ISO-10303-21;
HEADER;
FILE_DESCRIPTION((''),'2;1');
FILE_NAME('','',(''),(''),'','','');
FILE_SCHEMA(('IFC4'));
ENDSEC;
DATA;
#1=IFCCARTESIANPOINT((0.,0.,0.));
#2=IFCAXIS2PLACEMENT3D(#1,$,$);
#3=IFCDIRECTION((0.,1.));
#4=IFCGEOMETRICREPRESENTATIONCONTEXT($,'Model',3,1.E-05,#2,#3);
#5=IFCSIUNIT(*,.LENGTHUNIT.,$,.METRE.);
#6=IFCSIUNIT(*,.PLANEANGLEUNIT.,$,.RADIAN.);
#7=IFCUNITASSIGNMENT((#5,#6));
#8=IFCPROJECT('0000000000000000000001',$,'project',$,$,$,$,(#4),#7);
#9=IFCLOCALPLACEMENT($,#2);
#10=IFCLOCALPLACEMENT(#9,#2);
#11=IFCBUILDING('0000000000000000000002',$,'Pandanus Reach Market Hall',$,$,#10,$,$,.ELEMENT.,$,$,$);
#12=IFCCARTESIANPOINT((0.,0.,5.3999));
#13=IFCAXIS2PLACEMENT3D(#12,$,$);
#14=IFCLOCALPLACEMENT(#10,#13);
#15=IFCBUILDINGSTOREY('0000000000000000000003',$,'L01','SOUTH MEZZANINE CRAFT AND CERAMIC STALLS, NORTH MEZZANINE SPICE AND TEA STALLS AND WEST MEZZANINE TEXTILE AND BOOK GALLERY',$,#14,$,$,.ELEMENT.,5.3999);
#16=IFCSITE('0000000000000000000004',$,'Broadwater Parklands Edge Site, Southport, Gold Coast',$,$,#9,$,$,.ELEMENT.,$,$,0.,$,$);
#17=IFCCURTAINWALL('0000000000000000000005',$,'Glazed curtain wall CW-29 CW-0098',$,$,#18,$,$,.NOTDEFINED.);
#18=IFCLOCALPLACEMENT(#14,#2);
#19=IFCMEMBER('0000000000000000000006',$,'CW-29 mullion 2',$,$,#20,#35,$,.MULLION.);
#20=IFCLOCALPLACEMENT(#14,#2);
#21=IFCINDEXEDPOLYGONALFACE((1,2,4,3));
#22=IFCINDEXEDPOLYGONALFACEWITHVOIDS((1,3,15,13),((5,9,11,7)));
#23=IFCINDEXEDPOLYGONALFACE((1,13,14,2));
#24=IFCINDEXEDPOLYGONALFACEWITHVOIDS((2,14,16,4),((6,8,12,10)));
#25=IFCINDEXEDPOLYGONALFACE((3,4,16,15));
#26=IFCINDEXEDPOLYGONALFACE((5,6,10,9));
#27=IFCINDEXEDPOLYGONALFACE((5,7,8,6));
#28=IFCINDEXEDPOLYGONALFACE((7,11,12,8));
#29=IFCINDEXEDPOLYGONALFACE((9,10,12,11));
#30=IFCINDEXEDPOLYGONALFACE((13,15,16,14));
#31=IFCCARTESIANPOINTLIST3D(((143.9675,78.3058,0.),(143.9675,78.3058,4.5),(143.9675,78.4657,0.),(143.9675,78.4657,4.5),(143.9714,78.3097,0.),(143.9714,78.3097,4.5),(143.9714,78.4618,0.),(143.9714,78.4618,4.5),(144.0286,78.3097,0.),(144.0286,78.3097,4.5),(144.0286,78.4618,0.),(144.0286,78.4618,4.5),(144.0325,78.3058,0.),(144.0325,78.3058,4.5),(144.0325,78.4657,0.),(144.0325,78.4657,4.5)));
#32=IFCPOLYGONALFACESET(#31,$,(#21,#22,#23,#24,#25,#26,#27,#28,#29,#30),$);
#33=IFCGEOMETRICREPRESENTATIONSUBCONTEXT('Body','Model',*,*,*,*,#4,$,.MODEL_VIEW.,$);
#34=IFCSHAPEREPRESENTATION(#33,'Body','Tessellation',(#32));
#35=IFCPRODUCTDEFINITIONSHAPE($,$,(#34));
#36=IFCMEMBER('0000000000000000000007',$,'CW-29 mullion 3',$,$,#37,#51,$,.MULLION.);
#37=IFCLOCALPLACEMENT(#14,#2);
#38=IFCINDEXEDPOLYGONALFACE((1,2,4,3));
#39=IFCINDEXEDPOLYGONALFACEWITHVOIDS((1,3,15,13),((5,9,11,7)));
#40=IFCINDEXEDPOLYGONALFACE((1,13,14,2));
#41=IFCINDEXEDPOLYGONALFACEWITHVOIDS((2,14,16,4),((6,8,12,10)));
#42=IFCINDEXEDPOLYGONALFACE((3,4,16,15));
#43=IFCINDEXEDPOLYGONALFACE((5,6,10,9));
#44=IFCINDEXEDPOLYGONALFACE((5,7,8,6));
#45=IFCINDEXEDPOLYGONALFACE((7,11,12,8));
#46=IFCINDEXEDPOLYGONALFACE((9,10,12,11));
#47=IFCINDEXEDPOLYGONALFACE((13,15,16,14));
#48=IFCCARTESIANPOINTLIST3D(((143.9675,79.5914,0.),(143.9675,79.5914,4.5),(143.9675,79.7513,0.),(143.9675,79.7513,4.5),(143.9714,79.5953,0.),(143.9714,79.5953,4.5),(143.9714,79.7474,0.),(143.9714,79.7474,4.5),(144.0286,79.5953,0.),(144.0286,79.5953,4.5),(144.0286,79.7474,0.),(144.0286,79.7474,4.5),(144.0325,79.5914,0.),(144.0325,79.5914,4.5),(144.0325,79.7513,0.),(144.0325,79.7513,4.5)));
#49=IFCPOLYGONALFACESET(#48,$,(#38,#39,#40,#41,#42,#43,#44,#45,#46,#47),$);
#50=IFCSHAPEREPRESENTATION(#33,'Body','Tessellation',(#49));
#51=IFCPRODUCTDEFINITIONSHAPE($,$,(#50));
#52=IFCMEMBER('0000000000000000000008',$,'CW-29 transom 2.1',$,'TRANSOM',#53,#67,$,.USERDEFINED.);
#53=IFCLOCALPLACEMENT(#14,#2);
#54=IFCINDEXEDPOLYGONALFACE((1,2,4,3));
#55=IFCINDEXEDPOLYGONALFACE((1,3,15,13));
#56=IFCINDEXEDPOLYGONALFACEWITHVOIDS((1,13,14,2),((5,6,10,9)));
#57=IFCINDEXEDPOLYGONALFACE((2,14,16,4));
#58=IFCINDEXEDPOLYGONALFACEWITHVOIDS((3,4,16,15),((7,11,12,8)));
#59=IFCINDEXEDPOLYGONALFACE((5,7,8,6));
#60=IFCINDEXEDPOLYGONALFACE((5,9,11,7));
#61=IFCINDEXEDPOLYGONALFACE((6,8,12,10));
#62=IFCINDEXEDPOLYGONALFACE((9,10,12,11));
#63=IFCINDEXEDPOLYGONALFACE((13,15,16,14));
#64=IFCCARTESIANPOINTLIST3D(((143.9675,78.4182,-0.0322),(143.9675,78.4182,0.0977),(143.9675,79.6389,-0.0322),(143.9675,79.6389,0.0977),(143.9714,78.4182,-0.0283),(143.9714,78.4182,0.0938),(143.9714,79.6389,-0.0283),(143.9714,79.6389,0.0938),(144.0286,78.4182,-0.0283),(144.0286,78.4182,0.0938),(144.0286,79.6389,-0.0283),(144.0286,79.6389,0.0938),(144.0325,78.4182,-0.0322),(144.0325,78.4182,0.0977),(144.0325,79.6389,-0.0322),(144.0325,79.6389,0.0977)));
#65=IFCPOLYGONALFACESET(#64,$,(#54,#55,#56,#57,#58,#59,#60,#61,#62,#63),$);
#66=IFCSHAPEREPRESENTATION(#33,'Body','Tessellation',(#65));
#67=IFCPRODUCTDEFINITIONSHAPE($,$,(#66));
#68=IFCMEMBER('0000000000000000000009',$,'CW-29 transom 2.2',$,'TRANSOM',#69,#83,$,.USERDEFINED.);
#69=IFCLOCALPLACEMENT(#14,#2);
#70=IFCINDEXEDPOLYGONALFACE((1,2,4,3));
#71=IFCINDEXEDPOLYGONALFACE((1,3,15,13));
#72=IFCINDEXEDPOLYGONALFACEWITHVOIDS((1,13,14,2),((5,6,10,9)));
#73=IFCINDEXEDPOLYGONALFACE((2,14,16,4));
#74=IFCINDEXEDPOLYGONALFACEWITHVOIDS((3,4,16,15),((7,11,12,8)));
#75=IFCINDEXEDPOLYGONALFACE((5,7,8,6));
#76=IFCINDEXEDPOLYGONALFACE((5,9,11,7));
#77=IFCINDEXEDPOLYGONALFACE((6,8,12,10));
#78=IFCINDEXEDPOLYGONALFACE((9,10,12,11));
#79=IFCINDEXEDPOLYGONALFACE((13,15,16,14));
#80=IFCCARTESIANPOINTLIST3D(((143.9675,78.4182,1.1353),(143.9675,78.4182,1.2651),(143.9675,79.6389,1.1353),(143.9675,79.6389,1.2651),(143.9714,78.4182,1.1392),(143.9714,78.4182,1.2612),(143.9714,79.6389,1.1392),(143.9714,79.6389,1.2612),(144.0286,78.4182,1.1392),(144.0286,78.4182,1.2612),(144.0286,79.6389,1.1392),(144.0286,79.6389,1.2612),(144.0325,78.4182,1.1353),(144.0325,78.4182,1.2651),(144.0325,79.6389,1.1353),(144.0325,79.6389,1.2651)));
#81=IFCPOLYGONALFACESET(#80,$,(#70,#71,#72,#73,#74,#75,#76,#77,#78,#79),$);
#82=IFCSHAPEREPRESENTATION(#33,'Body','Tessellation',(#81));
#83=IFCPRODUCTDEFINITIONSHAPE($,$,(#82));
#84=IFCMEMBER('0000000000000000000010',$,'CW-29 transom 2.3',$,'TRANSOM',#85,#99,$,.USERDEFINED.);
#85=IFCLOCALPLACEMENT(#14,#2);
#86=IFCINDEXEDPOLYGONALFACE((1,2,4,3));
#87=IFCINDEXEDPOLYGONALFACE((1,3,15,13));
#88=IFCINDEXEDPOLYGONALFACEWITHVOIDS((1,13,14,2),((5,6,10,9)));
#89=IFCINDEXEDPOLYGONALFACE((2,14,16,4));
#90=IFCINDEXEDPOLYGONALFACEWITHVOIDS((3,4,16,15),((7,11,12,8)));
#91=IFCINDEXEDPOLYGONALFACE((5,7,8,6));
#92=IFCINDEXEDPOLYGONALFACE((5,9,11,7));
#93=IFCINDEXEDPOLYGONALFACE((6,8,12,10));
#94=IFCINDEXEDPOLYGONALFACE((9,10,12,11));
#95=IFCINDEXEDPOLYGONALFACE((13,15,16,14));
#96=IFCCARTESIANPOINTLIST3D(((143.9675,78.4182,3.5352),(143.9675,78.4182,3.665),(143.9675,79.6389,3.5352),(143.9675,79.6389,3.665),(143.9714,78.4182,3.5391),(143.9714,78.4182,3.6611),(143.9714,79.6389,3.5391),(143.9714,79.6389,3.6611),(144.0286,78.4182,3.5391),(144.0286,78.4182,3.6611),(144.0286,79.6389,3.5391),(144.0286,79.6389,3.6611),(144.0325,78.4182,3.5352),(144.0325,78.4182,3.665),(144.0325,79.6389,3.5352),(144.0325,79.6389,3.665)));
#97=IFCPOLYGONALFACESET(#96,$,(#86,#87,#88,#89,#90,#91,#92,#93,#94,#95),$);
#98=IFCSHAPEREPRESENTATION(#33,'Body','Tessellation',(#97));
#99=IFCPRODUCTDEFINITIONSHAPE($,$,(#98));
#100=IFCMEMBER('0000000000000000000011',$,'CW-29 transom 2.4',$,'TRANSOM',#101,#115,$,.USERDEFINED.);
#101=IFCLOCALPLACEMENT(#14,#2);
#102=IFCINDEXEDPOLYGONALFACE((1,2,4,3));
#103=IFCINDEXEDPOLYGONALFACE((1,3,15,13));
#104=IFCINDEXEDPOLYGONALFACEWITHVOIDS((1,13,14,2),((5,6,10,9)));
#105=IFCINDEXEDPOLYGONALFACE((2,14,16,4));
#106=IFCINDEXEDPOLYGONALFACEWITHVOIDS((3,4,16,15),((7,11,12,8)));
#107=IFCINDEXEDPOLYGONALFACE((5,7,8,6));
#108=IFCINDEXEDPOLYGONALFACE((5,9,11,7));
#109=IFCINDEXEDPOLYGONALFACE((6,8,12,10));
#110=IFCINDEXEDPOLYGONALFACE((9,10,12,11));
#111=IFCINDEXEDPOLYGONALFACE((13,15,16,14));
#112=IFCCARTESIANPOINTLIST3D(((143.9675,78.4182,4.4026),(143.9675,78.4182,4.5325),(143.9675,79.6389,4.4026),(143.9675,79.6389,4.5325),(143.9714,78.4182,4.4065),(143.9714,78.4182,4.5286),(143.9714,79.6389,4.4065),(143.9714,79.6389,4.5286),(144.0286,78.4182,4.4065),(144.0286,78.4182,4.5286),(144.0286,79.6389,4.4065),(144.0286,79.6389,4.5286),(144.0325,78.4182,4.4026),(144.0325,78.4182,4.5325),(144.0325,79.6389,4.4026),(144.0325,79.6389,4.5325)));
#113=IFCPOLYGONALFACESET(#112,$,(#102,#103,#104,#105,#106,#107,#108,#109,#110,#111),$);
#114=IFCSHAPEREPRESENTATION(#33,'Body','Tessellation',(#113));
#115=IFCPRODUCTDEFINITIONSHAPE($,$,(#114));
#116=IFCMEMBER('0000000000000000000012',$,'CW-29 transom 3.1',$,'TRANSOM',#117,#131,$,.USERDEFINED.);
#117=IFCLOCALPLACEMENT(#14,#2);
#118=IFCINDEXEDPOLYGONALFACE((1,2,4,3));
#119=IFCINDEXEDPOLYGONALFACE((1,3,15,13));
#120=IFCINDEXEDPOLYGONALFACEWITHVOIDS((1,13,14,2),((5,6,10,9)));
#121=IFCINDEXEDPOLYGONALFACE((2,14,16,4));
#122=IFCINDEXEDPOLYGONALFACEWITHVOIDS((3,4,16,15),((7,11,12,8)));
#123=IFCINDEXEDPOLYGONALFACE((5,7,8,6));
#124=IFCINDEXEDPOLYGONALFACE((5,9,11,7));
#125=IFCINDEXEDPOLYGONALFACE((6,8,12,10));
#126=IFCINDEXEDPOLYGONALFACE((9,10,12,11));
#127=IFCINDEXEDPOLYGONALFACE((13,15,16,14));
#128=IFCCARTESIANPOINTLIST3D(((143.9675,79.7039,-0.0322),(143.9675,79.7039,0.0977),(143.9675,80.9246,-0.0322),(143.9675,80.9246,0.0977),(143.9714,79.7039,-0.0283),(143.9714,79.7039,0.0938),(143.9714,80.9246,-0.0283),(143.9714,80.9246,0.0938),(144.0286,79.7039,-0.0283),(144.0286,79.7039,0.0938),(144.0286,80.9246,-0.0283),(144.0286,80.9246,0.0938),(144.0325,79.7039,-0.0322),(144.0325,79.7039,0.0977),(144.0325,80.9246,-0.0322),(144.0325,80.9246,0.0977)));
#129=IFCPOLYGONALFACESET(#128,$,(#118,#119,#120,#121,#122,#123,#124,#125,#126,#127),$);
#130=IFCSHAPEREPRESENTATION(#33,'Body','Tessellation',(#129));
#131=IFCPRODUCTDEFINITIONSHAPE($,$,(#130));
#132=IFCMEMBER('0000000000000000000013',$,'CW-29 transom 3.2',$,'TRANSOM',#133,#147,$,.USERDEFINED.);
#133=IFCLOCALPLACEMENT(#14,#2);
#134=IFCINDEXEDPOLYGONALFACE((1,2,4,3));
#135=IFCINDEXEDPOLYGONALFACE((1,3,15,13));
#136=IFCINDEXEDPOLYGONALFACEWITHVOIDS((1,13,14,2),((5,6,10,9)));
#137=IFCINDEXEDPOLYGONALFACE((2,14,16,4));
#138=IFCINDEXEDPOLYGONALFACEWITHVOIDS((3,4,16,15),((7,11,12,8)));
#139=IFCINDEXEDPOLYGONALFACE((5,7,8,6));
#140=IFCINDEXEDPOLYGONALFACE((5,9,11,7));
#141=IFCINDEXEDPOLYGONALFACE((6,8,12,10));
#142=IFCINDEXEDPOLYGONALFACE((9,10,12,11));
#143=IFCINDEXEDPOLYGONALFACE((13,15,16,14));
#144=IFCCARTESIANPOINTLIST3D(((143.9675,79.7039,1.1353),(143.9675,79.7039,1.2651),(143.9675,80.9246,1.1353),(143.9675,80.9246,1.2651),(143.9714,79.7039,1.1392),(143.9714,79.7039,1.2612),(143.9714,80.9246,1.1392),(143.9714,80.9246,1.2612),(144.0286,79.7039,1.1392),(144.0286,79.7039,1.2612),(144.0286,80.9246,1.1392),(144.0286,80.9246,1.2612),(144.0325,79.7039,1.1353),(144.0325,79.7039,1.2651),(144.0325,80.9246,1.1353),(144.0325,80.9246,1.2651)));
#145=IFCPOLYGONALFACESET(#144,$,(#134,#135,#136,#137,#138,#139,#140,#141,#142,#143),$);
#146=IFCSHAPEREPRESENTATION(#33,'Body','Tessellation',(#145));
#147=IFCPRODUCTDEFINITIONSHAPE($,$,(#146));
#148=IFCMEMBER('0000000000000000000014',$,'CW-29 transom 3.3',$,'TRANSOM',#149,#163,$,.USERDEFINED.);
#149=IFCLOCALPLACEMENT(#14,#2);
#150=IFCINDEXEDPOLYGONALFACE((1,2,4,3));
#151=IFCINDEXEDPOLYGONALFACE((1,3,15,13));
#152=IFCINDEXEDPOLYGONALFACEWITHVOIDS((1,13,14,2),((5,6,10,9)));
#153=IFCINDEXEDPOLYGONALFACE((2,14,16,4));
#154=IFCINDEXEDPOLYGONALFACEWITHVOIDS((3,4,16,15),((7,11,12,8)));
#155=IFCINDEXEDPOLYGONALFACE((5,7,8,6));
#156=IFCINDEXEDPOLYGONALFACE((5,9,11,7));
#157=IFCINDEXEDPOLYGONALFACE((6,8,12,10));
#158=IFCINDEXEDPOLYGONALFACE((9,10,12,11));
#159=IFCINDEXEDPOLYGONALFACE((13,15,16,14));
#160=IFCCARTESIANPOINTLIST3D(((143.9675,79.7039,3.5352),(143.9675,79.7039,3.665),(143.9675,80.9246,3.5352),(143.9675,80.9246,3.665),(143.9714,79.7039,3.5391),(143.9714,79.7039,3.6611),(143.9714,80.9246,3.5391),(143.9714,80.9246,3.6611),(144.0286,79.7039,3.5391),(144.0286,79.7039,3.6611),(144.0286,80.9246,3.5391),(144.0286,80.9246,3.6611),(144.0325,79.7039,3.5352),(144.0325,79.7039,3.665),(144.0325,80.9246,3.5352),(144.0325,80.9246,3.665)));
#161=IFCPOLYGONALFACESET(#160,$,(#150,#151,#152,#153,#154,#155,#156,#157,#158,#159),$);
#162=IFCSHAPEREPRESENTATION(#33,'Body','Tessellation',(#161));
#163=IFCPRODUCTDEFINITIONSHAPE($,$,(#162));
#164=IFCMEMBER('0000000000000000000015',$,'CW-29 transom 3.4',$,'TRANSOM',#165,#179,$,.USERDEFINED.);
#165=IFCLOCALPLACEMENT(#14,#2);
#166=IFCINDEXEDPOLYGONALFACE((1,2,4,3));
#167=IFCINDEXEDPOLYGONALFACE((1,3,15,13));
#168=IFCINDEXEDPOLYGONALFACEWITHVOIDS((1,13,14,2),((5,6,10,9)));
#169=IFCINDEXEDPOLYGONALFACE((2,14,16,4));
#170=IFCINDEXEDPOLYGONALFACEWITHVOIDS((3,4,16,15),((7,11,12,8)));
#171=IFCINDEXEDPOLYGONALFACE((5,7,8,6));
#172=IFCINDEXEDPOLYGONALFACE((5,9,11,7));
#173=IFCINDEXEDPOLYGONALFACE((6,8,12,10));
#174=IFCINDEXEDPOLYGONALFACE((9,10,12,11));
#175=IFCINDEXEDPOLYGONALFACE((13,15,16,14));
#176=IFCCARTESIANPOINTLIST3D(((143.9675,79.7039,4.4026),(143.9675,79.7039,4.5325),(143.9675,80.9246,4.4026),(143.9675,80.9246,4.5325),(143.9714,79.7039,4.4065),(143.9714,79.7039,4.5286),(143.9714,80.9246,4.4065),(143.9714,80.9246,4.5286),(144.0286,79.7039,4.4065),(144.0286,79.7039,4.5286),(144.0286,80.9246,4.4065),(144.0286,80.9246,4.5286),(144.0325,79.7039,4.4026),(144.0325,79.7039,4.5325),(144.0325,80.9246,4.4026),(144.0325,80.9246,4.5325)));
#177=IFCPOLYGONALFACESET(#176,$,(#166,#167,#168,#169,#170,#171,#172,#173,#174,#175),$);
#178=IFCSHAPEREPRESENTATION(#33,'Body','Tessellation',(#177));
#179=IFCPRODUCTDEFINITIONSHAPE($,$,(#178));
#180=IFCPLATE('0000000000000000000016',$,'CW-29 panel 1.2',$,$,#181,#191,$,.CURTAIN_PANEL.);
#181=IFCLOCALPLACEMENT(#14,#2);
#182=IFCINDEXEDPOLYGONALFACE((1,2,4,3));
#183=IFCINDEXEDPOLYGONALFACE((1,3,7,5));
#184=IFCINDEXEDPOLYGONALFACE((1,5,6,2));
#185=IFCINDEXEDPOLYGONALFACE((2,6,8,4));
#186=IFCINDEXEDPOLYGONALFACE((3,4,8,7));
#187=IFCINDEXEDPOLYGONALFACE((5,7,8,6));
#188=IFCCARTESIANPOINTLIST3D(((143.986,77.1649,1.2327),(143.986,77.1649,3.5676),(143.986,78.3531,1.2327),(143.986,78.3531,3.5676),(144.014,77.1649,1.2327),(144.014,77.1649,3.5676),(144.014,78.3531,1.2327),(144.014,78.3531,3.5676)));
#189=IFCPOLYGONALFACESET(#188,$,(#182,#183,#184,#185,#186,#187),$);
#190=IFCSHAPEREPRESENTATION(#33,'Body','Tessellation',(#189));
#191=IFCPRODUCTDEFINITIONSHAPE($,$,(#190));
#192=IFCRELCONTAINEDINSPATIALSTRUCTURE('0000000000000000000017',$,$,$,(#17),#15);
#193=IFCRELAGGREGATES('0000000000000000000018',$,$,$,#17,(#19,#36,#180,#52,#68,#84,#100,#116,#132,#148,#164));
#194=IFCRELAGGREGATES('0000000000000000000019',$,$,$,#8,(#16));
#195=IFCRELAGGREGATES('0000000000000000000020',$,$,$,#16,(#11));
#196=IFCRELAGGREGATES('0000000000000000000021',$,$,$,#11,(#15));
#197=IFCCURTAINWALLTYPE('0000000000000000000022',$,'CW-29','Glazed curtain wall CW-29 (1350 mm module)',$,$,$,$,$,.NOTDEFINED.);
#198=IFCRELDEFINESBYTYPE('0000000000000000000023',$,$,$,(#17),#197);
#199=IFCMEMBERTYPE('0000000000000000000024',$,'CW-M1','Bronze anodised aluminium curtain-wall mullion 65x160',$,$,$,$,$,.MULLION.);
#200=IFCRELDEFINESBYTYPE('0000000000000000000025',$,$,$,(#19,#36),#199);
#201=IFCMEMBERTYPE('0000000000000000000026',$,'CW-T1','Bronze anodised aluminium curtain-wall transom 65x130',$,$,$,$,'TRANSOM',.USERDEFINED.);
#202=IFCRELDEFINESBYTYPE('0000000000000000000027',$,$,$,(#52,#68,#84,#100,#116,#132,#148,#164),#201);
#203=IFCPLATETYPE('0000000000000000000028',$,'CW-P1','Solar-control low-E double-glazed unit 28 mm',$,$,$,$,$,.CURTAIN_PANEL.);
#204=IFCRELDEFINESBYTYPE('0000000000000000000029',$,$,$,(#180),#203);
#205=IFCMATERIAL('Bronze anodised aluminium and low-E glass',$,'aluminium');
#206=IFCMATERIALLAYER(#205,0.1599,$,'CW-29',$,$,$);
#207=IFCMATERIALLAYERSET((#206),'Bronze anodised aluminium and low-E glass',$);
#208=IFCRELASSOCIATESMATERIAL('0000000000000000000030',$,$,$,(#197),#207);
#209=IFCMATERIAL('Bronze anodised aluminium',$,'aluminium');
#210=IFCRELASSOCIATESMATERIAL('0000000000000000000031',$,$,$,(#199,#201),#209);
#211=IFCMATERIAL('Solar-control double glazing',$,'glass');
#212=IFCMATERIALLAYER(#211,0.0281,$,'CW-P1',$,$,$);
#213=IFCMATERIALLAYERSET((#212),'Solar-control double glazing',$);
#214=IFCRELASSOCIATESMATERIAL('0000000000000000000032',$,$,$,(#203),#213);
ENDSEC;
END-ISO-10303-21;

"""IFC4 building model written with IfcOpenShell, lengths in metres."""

from ifc_helpers import new_model, si_unit, direction, frame, origin, origin_2d, place, context, subcontext, project, spatial, rectangle, hollow_rectangle, extrude, material, layer, layer_set, material_profile, profile_set, type_object, element, aggregate, save


model = new_model("IFC4")

# Units and contexts
model_context = context("Model", 3, precision=1e-05, world=origin(), true_north=direction((0.0, 1.0)))
body_context = subcontext(model_context, "Body", "Model", "MODEL_VIEW")
ifc_project = project(units=[si_unit("LENGTHUNIT", "METRE"), si_unit("PLANEANGLEUNIT", "RADIAN")], contexts=[model_context])

# Site, building, storey
site_placement = place(None, origin())
site = spatial("IfcSite", under=ifc_project, at=site_placement, Name="Broadwater Parklands Edge Site, Southport, Gold Coast", CompositionType="ELEMENT", RefElevation=0.0)
building_placement = place(site_placement, origin())
building = spatial("IfcBuilding", under=site, at=building_placement, Name="Pandanus Reach Market Hall", CompositionType="ELEMENT")
storey_placement = place(building_placement, frame((0.0, 0.0, 5.3999)))
storey = spatial("IfcBuildingStorey", under=building, at=storey_placement, Name="L01", Description="SOUTH MEZZANINE CRAFT AND CERAMIC STALLS, NORTH MEZZANINE SPICE AND TEA STALLS AND WEST MEZZANINE TEXTILE AND BOOK GALLERY", CompositionType="ELEMENT", Elevation=5.3999)

# Curtain wall, members, plate
ifc_material_1 = material(Name="Bronze anodised aluminium and low-E glass", Category="aluminium")
ifc_layer_1 = layer(ifc_material_1, 0.1599, Name="CW-29")
ifc_layer_set_1 = layer_set([ifc_layer_1], Name="Bronze anodised aluminium and low-E glass")
curtain_wall_type = type_object("IfcCurtainWallType", Name="CW-29", Description="Glazed curtain wall CW-29 (1350 mm module)", PredefinedType="NOTDEFINED", material=ifc_layer_set_1)
curtain_wall_placement = place(storey_placement, origin())
curtain_wall = element("IfcCurtainWall", 1, at=curtain_wall_placement, inside=storey, type_object=curtain_wall_type, Name="Glazed curtain wall CW-29 CW-0098", PredefinedType="NOTDEFINED")
ifc_material_2 = material(Name="Bronze anodised aluminium", Category="aluminium")
ifc_material_profile_1 = material_profile(ifc_material_2, hollow_rectangle(XDim=0.0649, YDim=0.1599, WallThickness=0.0039, at=origin_2d()), Name="ALU65x160", Category="LoadBearing")
ifc_profile_set_1 = profile_set([ifc_material_profile_1], Name="Bronze anodised aluminium")
member_type_1 = type_object("IfcMemberType", Name="CW-M1", Description="Bronze anodised aluminium curtain-wall mullion 65x160", PredefinedType="MULLION", material=ifc_profile_set_1)
member_1_placement = place(storey_placement, frame((144.0, 78.3857, 0.0), z_axis=(0.0, 0.0, 1.0), x_axis=(-1.0, 0.0, 0.0)))
member_1 = element("IfcMember", 2, at=member_1_placement, type_object=member_type_1, Name="CW-29 mullion 2", PredefinedType="MULLION", context=body_context, shape_type="SweptSolid", body=[
    extrude(hollow_rectangle(XDim=0.0649, YDim=0.1599, WallThickness=0.0039, at=origin_2d()), origin(), (0.0, 0.0, 1.0), 4.5),
])
member_2_placement = place(storey_placement, frame((144.0, 79.6714, 0.0), z_axis=(0.0, 0.0, 1.0), x_axis=(-1.0, 0.0, 0.0)))
member_2 = element("IfcMember", 3, at=member_2_placement, type_object=member_type_1, Name="CW-29 mullion 3", PredefinedType="MULLION", context=body_context, shape_type="SweptSolid", body=[
    extrude(hollow_rectangle(XDim=0.0649, YDim=0.1599, WallThickness=0.0039, at=origin_2d()), origin(), (0.0, 0.0, 1.0), 4.5),
])
ifc_material_profile_2 = material_profile(ifc_material_2, hollow_rectangle(XDim=0.0649, YDim=0.1299, WallThickness=0.0039, at=origin_2d()), Name="ALU65x130", Category="LoadBearing")
ifc_profile_set_2 = profile_set([ifc_material_profile_2], Name="Bronze anodised aluminium")
member_type_2 = type_object("IfcMemberType", Name="CW-T1", Description="Bronze anodised aluminium curtain-wall transom 65x130", ElementType="TRANSOM", PredefinedType="USERDEFINED", material=ifc_profile_set_2)
member_3_placement = place(storey_placement, frame((144.0, 78.4182, 0.0327), z_axis=(0.0, 1.0, 0.0), x_axis=(-1.0, 0.0, 0.0)))
member_3 = element("IfcMember", 4, at=member_3_placement, type_object=member_type_2, Name="CW-29 transom 2.1", ObjectType="TRANSOM", PredefinedType="USERDEFINED", context=body_context, shape_type="SweptSolid", body=[
    extrude(hollow_rectangle(XDim=0.0649, YDim=0.1299, WallThickness=0.0039, at=origin_2d()), origin(), (0.0, 0.0, 1.0), 1.2207),
])
member_4_placement = place(storey_placement, frame((144.0, 78.4182, 1.2002), z_axis=(0.0, 1.0, 0.0), x_axis=(-1.0, 0.0, 0.0)))
member_4 = element("IfcMember", 5, at=member_4_placement, type_object=member_type_2, Name="CW-29 transom 2.2", ObjectType="TRANSOM", PredefinedType="USERDEFINED", context=body_context, shape_type="SweptSolid", body=[
    extrude(hollow_rectangle(XDim=0.0649, YDim=0.1299, WallThickness=0.0039, at=origin_2d()), origin(), (0.0, 0.0, 1.0), 1.2207),
])
member_5_placement = place(storey_placement, frame((144.0, 78.4182, 3.6001), z_axis=(0.0, 1.0, 0.0), x_axis=(-1.0, 0.0, 0.0)))
member_5 = element("IfcMember", 6, at=member_5_placement, type_object=member_type_2, Name="CW-29 transom 2.3", ObjectType="TRANSOM", PredefinedType="USERDEFINED", context=body_context, shape_type="SweptSolid", body=[
    extrude(hollow_rectangle(XDim=0.0649, YDim=0.1299, WallThickness=0.0039, at=origin_2d()), origin(), (0.0, 0.0, 1.0), 1.2207),
])
member_6_placement = place(storey_placement, frame((144.0, 78.4182, 4.4675), z_axis=(0.0, 1.0, 0.0), x_axis=(-1.0, 0.0, 0.0)))
member_6 = element("IfcMember", 7, at=member_6_placement, type_object=member_type_2, Name="CW-29 transom 2.4", ObjectType="TRANSOM", PredefinedType="USERDEFINED", context=body_context, shape_type="SweptSolid", body=[
    extrude(hollow_rectangle(XDim=0.0649, YDim=0.1299, WallThickness=0.0039, at=origin_2d()), origin(), (0.0, 0.0, 1.0), 1.2207),
])
member_7_placement = place(storey_placement, frame((144.0, 79.7039, 0.0327), z_axis=(0.0, 1.0, 0.0), x_axis=(-1.0, 0.0, 0.0)))
member_7 = element("IfcMember", 8, at=member_7_placement, type_object=member_type_2, Name="CW-29 transom 3.1", ObjectType="TRANSOM", PredefinedType="USERDEFINED", context=body_context, shape_type="SweptSolid", body=[
    extrude(hollow_rectangle(XDim=0.0649, YDim=0.1299, WallThickness=0.0039, at=origin_2d()), origin(), (0.0, 0.0, 1.0), 1.2207),
])
member_8_placement = place(storey_placement, frame((144.0, 79.7039, 1.2002), z_axis=(0.0, 1.0, 0.0), x_axis=(-1.0, 0.0, 0.0)))
member_8 = element("IfcMember", 9, at=member_8_placement, type_object=member_type_2, Name="CW-29 transom 3.2", ObjectType="TRANSOM", PredefinedType="USERDEFINED", context=body_context, shape_type="SweptSolid", body=[
    extrude(hollow_rectangle(XDim=0.0649, YDim=0.1299, WallThickness=0.0039, at=origin_2d()), origin(), (0.0, 0.0, 1.0), 1.2207),
])
member_9_placement = place(storey_placement, frame((144.0, 79.7039, 3.6001), z_axis=(0.0, 1.0, 0.0), x_axis=(-1.0, 0.0, 0.0)))
member_9 = element("IfcMember", 10, at=member_9_placement, type_object=member_type_2, Name="CW-29 transom 3.3", ObjectType="TRANSOM", PredefinedType="USERDEFINED", context=body_context, shape_type="SweptSolid", body=[
    extrude(hollow_rectangle(XDim=0.0649, YDim=0.1299, WallThickness=0.0039, at=origin_2d()), origin(), (0.0, 0.0, 1.0), 1.2207),
])
member_10_placement = place(storey_placement, frame((144.0, 79.7039, 4.4675), z_axis=(0.0, 1.0, 0.0), x_axis=(-1.0, 0.0, 0.0)))
member_10 = element("IfcMember", 11, at=member_10_placement, type_object=member_type_2, Name="CW-29 transom 3.4", ObjectType="TRANSOM", PredefinedType="USERDEFINED", context=body_context, shape_type="SweptSolid", body=[
    extrude(hollow_rectangle(XDim=0.0649, YDim=0.1299, WallThickness=0.0039, at=origin_2d()), origin(), (0.0, 0.0, 1.0), 1.2207),
])
ifc_material_3 = material(Name="Solar-control double glazing", Category="glass")
ifc_layer_2 = layer(ifc_material_3, 0.0281, Name="CW-P1")
ifc_layer_set_2 = layer_set([ifc_layer_2], Name="Solar-control double glazing")
plate_type = type_object("IfcPlateType", Name="CW-P1", Description="Solar-control low-E double-glazed unit 28 mm", PredefinedType="CURTAIN_PANEL", material=ifc_layer_set_2)
plate_1_placement = place(storey_placement, frame((144.0, 77.759, 1.2327), z_axis=(0.0, 0.0, 1.0), x_axis=(0.0, 1.0, 0.0)))
plate_1 = element("IfcPlate", 12, at=plate_1_placement, type_object=plate_type, Name="CW-29 panel 1.2", PredefinedType="CURTAIN_PANEL", context=body_context, shape_type="SweptSolid", body=[
    extrude(rectangle(XDim=1.1882, YDim=0.0281, at=origin_2d()), origin(), (0.0, 0.0, 1.0), 2.335),
])
aggregate(curtain_wall, [member_1, member_2, plate_1, member_3, member_4, member_5, member_6, member_7, member_8, member_9, member_10])

save(model, "model.ifc")
